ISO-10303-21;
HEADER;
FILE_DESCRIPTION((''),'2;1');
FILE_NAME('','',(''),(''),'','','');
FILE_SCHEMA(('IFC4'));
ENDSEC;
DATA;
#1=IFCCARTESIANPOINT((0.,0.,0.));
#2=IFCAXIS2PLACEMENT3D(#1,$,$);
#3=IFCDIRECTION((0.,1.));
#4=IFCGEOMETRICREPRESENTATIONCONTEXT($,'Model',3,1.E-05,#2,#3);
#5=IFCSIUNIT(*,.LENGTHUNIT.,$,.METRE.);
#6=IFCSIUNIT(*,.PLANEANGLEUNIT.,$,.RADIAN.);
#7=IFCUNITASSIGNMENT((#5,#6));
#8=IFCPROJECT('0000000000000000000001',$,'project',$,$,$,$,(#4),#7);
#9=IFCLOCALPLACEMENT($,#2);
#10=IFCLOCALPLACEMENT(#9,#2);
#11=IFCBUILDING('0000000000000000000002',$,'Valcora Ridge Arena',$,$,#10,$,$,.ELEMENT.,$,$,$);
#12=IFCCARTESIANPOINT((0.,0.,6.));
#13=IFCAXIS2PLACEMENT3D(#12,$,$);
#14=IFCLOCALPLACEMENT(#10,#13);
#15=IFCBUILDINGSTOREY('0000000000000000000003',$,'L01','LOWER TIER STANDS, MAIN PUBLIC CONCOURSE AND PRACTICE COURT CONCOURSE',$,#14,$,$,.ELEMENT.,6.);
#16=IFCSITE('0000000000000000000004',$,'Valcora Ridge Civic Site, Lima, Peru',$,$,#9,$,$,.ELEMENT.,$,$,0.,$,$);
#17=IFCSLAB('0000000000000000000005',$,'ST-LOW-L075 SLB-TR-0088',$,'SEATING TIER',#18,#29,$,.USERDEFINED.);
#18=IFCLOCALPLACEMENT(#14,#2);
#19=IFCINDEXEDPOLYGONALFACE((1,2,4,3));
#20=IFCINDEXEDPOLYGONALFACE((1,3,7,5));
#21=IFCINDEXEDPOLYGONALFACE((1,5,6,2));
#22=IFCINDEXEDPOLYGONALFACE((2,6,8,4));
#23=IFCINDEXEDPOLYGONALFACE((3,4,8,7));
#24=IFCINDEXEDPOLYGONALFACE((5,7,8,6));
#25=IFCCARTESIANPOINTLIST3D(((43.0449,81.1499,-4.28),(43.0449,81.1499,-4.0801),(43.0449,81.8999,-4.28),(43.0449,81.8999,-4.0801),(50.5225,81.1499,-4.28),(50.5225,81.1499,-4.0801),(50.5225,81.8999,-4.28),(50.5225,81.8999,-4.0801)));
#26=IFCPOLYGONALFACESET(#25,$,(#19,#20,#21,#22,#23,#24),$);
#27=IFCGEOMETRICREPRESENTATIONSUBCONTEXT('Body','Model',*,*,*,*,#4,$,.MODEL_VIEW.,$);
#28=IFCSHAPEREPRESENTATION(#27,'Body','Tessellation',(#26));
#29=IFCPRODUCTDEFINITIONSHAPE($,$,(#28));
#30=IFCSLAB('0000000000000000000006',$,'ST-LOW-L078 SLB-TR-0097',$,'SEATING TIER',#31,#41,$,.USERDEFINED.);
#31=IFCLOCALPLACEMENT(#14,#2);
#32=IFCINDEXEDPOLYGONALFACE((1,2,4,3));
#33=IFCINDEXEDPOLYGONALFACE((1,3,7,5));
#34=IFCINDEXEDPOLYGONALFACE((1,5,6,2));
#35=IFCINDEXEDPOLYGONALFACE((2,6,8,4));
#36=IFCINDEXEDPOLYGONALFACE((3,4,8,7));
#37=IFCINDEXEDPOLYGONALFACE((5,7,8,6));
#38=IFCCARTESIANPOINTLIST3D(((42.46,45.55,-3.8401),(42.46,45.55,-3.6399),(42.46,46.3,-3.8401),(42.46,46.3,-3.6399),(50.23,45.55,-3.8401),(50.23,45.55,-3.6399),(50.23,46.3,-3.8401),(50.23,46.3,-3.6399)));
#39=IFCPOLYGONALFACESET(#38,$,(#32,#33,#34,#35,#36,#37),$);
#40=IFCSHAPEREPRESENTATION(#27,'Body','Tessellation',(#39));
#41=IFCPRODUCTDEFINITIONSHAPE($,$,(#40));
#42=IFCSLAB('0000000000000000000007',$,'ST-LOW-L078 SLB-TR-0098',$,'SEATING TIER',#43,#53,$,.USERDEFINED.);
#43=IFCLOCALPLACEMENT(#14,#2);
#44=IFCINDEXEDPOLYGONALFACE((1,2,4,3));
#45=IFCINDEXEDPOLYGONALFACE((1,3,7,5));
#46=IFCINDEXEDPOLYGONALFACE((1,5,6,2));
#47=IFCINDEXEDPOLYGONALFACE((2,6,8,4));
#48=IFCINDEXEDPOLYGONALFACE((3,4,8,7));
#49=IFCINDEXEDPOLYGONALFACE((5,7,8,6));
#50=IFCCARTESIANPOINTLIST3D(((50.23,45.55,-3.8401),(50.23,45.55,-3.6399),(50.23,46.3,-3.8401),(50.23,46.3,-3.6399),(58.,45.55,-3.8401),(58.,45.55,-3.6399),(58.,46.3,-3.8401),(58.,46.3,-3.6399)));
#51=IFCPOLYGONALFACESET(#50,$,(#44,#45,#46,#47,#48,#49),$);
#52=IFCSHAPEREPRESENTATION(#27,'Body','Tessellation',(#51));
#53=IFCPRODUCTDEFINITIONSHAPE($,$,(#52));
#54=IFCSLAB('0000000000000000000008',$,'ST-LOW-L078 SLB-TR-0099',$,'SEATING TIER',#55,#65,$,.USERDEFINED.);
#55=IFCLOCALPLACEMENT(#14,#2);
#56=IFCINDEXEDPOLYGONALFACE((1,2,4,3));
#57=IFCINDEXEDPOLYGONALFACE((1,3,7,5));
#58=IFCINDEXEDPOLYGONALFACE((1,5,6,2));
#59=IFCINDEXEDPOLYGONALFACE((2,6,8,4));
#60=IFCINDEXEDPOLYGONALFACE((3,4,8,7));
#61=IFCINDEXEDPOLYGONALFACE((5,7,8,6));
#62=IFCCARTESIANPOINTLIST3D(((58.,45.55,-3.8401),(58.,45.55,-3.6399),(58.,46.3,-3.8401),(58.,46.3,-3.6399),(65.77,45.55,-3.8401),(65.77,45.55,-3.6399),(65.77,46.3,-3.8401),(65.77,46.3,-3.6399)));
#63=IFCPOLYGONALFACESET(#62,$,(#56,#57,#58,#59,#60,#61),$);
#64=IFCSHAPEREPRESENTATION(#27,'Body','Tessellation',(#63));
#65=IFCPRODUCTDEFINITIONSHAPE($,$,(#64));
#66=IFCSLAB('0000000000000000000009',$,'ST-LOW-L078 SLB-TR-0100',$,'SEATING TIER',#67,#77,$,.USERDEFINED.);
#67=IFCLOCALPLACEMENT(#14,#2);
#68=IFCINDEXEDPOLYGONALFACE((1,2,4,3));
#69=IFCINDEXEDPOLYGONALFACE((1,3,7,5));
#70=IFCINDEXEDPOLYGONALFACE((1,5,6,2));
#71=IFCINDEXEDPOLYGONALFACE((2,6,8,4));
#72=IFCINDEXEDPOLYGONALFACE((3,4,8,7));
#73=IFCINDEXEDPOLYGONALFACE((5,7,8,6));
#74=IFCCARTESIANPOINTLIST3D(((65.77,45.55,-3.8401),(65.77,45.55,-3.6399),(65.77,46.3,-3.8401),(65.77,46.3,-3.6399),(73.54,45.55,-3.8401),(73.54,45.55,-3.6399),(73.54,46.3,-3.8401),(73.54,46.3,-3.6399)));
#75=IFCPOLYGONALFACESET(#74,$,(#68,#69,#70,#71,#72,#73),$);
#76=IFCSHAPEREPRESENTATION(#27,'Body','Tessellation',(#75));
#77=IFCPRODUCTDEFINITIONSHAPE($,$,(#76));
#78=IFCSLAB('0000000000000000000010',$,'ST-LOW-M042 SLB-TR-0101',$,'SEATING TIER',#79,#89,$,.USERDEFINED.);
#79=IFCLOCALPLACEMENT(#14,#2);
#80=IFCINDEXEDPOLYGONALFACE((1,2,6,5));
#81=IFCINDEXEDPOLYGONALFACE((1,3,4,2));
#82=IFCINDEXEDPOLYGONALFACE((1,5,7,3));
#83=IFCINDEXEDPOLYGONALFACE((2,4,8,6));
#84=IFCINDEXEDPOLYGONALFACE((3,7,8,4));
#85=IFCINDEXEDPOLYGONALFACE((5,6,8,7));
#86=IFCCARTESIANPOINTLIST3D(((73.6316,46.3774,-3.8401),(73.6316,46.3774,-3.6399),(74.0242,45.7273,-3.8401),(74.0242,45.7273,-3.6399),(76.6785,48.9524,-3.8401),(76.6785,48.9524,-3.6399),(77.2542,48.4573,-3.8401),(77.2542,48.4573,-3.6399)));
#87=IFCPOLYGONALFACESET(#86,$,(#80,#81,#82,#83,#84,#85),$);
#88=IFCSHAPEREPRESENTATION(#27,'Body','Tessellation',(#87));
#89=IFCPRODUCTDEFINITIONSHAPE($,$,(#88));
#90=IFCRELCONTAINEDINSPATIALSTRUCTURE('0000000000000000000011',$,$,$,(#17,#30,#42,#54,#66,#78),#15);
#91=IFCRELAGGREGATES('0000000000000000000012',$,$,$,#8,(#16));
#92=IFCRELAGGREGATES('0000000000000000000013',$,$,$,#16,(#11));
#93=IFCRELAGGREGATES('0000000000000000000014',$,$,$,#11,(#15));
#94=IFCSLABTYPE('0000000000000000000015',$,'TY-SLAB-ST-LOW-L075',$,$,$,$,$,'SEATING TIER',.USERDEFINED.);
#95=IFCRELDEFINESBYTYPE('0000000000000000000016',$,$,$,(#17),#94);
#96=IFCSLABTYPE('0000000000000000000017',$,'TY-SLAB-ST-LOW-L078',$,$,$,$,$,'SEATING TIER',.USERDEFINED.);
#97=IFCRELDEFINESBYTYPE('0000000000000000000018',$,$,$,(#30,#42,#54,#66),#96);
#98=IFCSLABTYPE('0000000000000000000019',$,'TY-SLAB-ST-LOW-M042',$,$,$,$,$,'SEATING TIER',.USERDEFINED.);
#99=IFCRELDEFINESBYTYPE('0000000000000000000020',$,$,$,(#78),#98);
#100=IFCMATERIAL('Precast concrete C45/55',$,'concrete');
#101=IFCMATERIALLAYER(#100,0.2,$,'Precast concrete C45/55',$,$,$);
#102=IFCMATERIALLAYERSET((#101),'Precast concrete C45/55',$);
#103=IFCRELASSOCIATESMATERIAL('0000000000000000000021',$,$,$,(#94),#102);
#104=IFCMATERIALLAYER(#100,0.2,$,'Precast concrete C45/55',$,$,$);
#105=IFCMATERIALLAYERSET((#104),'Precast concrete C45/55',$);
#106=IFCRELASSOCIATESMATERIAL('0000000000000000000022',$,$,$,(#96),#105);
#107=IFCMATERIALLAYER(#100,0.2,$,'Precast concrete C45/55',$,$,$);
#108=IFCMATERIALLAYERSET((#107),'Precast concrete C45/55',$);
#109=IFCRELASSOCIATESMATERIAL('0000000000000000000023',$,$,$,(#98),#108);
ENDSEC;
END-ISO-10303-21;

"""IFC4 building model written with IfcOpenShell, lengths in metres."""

from ifc_helpers import new_model, si_unit, direction, frame, origin, place, context, subcontext, project, spatial, polyline, outline, extrude, material, layer, layer_set, type_object, element, save


model = new_model("IFC4")

# Units and contexts
model_context = context("Model", 3, precision=1e-05, world=origin(), true_north=direction((0.0, 1.0)))
body_context = subcontext(model_context, "Body", "Model", "MODEL_VIEW")
ifc_project = project(units=[si_unit("LENGTHUNIT", "METRE"), si_unit("PLANEANGLEUNIT", "RADIAN")], contexts=[model_context])

# Site, building, storey
site_placement = place(None, origin())
site = spatial("IfcSite", under=ifc_project, at=site_placement, Name="Valcora Ridge Civic Site, Lima, Peru", CompositionType="ELEMENT", RefElevation=0.0)
building_placement = place(site_placement, origin())
building = spatial("IfcBuilding", under=site, at=building_placement, Name="Valcora Ridge Arena", CompositionType="ELEMENT")
storey_placement = place(building_placement, frame((0.0, 0.0, 6.0)))
storey = spatial("IfcBuildingStorey", under=building, at=storey_placement, Name="L01", Description="LOWER TIER STANDS, MAIN PUBLIC CONCOURSE AND PRACTICE COURT CONCOURSE", CompositionType="ELEMENT", Elevation=6.0)

# Slabs
ifc_material = material(Name="Precast concrete C45/55", Category="concrete")
ifc_layer_1 = layer(ifc_material, 0.2, Name="Precast concrete C45/55")
ifc_layer_set_1 = layer_set([ifc_layer_1], Name="Precast concrete C45/55")
slab_type_1 = type_object("IfcSlabType", Name="TY-SLAB-ST-LOW-L075", ElementType="SEATING TIER", PredefinedType="USERDEFINED", material=ifc_layer_set_1)
slab_1_placement = place(storey_placement, frame((0.0, 0.0, -4.28)))
element("IfcSlab", 1, at=slab_1_placement, inside=storey, type_object=slab_type_1, Name="ST-LOW-L075 SLB-TR-0088", ObjectType="SEATING TIER", PredefinedType="USERDEFINED", context=body_context, shape_type="SweptSolid", body=[
    extrude(outline(polyline([(50.5225, 81.1499), (43.0449, 81.1499), (43.0449, 81.8999), (50.5225, 81.8999), (50.5225, 81.1499)])), origin(), (0.0, 0.0, 1.0), 0.2),
])
ifc_layer_2 = layer(ifc_material, 0.2, Name="Precast concrete C45/55")
ifc_layer_set_2 = layer_set([ifc_layer_2], Name="Precast concrete C45/55")
slab_type_2 = type_object("IfcSlabType", Name="TY-SLAB-ST-LOW-L078", ElementType="SEATING TIER", PredefinedType="USERDEFINED", material=ifc_layer_set_2)
slab_2_placement = place(storey_placement, frame((0.0, 0.0, -3.8401)))
element("IfcSlab", 2, at=slab_2_placement, inside=storey, type_object=slab_type_2, Name="ST-LOW-L078 SLB-TR-0097", ObjectType="SEATING TIER", PredefinedType="USERDEFINED", context=body_context, shape_type="SweptSolid", body=[
    extrude(outline(polyline([(42.46, 46.3), (50.23, 46.3), (50.23, 45.55), (42.46, 45.55), (42.46, 46.3)])), origin(), (0.0, 0.0, 1.0), 0.2002),
])
slab_3_placement = place(storey_placement, frame((0.0, 0.0, -3.8401)))
element("IfcSlab", 3, at=slab_3_placement, inside=storey, type_object=slab_type_2, Name="ST-LOW-L078 SLB-TR-0098", ObjectType="SEATING TIER", PredefinedType="USERDEFINED", context=body_context, shape_type="SweptSolid", body=[
    extrude(outline(polyline([(50.23, 46.3), (58.0, 46.3), (58.0, 45.55), (50.23, 45.55), (50.23, 46.3)])), origin(), (0.0, 0.0, 1.0), 0.2002),
])
slab_4_placement = place(storey_placement, frame((0.0, 0.0, -3.8401)))
element("IfcSlab", 4, at=slab_4_placement, inside=storey, type_object=slab_type_2, Name="ST-LOW-L078 SLB-TR-0099", ObjectType="SEATING TIER", PredefinedType="USERDEFINED", context=body_context, shape_type="SweptSolid", body=[
    extrude(outline(polyline([(58.0, 46.3), (65.77, 46.3), (65.77, 45.55), (58.0, 45.55), (58.0, 46.3)])), origin(), (0.0, 0.0, 1.0), 0.2002),
])
slab_5_placement = place(storey_placement, frame((0.0, 0.0, -3.8401)))
element("IfcSlab", 5, at=slab_5_placement, inside=storey, type_object=slab_type_2, Name="ST-LOW-L078 SLB-TR-0100", ObjectType="SEATING TIER", PredefinedType="USERDEFINED", context=body_context, shape_type="SweptSolid", body=[
    extrude(outline(polyline([(65.77, 46.3), (73.54, 46.3), (73.54, 45.55), (65.77, 45.55), (65.77, 46.3)])), origin(), (0.0, 0.0, 1.0), 0.2002),
])
ifc_layer_3 = layer(ifc_material, 0.2, Name="Precast concrete C45/55")
ifc_layer_set_3 = layer_set([ifc_layer_3], Name="Precast concrete C45/55")
slab_type_3 = type_object("IfcSlabType", Name="TY-SLAB-ST-LOW-M042", ElementType="SEATING TIER", PredefinedType="USERDEFINED", material=ifc_layer_set_3)
slab_6_placement = place(storey_placement, frame((0.0, 0.0, -3.8401)))
element("IfcSlab", 6, at=slab_6_placement, inside=storey, type_object=slab_type_3, Name="ST-LOW-M042 SLB-TR-0101", ObjectType="SEATING TIER", PredefinedType="USERDEFINED", context=body_context, shape_type="SweptSolid", body=[
    extrude(outline(polyline([(73.6316, 46.3774), (76.6785, 48.9524), (77.2542, 48.4573), (74.0242, 45.7273), (73.6316, 46.3774)])), origin(), (0.0, 0.0, 1.0), 0.2002),
])

save(model, "model.ifc")
